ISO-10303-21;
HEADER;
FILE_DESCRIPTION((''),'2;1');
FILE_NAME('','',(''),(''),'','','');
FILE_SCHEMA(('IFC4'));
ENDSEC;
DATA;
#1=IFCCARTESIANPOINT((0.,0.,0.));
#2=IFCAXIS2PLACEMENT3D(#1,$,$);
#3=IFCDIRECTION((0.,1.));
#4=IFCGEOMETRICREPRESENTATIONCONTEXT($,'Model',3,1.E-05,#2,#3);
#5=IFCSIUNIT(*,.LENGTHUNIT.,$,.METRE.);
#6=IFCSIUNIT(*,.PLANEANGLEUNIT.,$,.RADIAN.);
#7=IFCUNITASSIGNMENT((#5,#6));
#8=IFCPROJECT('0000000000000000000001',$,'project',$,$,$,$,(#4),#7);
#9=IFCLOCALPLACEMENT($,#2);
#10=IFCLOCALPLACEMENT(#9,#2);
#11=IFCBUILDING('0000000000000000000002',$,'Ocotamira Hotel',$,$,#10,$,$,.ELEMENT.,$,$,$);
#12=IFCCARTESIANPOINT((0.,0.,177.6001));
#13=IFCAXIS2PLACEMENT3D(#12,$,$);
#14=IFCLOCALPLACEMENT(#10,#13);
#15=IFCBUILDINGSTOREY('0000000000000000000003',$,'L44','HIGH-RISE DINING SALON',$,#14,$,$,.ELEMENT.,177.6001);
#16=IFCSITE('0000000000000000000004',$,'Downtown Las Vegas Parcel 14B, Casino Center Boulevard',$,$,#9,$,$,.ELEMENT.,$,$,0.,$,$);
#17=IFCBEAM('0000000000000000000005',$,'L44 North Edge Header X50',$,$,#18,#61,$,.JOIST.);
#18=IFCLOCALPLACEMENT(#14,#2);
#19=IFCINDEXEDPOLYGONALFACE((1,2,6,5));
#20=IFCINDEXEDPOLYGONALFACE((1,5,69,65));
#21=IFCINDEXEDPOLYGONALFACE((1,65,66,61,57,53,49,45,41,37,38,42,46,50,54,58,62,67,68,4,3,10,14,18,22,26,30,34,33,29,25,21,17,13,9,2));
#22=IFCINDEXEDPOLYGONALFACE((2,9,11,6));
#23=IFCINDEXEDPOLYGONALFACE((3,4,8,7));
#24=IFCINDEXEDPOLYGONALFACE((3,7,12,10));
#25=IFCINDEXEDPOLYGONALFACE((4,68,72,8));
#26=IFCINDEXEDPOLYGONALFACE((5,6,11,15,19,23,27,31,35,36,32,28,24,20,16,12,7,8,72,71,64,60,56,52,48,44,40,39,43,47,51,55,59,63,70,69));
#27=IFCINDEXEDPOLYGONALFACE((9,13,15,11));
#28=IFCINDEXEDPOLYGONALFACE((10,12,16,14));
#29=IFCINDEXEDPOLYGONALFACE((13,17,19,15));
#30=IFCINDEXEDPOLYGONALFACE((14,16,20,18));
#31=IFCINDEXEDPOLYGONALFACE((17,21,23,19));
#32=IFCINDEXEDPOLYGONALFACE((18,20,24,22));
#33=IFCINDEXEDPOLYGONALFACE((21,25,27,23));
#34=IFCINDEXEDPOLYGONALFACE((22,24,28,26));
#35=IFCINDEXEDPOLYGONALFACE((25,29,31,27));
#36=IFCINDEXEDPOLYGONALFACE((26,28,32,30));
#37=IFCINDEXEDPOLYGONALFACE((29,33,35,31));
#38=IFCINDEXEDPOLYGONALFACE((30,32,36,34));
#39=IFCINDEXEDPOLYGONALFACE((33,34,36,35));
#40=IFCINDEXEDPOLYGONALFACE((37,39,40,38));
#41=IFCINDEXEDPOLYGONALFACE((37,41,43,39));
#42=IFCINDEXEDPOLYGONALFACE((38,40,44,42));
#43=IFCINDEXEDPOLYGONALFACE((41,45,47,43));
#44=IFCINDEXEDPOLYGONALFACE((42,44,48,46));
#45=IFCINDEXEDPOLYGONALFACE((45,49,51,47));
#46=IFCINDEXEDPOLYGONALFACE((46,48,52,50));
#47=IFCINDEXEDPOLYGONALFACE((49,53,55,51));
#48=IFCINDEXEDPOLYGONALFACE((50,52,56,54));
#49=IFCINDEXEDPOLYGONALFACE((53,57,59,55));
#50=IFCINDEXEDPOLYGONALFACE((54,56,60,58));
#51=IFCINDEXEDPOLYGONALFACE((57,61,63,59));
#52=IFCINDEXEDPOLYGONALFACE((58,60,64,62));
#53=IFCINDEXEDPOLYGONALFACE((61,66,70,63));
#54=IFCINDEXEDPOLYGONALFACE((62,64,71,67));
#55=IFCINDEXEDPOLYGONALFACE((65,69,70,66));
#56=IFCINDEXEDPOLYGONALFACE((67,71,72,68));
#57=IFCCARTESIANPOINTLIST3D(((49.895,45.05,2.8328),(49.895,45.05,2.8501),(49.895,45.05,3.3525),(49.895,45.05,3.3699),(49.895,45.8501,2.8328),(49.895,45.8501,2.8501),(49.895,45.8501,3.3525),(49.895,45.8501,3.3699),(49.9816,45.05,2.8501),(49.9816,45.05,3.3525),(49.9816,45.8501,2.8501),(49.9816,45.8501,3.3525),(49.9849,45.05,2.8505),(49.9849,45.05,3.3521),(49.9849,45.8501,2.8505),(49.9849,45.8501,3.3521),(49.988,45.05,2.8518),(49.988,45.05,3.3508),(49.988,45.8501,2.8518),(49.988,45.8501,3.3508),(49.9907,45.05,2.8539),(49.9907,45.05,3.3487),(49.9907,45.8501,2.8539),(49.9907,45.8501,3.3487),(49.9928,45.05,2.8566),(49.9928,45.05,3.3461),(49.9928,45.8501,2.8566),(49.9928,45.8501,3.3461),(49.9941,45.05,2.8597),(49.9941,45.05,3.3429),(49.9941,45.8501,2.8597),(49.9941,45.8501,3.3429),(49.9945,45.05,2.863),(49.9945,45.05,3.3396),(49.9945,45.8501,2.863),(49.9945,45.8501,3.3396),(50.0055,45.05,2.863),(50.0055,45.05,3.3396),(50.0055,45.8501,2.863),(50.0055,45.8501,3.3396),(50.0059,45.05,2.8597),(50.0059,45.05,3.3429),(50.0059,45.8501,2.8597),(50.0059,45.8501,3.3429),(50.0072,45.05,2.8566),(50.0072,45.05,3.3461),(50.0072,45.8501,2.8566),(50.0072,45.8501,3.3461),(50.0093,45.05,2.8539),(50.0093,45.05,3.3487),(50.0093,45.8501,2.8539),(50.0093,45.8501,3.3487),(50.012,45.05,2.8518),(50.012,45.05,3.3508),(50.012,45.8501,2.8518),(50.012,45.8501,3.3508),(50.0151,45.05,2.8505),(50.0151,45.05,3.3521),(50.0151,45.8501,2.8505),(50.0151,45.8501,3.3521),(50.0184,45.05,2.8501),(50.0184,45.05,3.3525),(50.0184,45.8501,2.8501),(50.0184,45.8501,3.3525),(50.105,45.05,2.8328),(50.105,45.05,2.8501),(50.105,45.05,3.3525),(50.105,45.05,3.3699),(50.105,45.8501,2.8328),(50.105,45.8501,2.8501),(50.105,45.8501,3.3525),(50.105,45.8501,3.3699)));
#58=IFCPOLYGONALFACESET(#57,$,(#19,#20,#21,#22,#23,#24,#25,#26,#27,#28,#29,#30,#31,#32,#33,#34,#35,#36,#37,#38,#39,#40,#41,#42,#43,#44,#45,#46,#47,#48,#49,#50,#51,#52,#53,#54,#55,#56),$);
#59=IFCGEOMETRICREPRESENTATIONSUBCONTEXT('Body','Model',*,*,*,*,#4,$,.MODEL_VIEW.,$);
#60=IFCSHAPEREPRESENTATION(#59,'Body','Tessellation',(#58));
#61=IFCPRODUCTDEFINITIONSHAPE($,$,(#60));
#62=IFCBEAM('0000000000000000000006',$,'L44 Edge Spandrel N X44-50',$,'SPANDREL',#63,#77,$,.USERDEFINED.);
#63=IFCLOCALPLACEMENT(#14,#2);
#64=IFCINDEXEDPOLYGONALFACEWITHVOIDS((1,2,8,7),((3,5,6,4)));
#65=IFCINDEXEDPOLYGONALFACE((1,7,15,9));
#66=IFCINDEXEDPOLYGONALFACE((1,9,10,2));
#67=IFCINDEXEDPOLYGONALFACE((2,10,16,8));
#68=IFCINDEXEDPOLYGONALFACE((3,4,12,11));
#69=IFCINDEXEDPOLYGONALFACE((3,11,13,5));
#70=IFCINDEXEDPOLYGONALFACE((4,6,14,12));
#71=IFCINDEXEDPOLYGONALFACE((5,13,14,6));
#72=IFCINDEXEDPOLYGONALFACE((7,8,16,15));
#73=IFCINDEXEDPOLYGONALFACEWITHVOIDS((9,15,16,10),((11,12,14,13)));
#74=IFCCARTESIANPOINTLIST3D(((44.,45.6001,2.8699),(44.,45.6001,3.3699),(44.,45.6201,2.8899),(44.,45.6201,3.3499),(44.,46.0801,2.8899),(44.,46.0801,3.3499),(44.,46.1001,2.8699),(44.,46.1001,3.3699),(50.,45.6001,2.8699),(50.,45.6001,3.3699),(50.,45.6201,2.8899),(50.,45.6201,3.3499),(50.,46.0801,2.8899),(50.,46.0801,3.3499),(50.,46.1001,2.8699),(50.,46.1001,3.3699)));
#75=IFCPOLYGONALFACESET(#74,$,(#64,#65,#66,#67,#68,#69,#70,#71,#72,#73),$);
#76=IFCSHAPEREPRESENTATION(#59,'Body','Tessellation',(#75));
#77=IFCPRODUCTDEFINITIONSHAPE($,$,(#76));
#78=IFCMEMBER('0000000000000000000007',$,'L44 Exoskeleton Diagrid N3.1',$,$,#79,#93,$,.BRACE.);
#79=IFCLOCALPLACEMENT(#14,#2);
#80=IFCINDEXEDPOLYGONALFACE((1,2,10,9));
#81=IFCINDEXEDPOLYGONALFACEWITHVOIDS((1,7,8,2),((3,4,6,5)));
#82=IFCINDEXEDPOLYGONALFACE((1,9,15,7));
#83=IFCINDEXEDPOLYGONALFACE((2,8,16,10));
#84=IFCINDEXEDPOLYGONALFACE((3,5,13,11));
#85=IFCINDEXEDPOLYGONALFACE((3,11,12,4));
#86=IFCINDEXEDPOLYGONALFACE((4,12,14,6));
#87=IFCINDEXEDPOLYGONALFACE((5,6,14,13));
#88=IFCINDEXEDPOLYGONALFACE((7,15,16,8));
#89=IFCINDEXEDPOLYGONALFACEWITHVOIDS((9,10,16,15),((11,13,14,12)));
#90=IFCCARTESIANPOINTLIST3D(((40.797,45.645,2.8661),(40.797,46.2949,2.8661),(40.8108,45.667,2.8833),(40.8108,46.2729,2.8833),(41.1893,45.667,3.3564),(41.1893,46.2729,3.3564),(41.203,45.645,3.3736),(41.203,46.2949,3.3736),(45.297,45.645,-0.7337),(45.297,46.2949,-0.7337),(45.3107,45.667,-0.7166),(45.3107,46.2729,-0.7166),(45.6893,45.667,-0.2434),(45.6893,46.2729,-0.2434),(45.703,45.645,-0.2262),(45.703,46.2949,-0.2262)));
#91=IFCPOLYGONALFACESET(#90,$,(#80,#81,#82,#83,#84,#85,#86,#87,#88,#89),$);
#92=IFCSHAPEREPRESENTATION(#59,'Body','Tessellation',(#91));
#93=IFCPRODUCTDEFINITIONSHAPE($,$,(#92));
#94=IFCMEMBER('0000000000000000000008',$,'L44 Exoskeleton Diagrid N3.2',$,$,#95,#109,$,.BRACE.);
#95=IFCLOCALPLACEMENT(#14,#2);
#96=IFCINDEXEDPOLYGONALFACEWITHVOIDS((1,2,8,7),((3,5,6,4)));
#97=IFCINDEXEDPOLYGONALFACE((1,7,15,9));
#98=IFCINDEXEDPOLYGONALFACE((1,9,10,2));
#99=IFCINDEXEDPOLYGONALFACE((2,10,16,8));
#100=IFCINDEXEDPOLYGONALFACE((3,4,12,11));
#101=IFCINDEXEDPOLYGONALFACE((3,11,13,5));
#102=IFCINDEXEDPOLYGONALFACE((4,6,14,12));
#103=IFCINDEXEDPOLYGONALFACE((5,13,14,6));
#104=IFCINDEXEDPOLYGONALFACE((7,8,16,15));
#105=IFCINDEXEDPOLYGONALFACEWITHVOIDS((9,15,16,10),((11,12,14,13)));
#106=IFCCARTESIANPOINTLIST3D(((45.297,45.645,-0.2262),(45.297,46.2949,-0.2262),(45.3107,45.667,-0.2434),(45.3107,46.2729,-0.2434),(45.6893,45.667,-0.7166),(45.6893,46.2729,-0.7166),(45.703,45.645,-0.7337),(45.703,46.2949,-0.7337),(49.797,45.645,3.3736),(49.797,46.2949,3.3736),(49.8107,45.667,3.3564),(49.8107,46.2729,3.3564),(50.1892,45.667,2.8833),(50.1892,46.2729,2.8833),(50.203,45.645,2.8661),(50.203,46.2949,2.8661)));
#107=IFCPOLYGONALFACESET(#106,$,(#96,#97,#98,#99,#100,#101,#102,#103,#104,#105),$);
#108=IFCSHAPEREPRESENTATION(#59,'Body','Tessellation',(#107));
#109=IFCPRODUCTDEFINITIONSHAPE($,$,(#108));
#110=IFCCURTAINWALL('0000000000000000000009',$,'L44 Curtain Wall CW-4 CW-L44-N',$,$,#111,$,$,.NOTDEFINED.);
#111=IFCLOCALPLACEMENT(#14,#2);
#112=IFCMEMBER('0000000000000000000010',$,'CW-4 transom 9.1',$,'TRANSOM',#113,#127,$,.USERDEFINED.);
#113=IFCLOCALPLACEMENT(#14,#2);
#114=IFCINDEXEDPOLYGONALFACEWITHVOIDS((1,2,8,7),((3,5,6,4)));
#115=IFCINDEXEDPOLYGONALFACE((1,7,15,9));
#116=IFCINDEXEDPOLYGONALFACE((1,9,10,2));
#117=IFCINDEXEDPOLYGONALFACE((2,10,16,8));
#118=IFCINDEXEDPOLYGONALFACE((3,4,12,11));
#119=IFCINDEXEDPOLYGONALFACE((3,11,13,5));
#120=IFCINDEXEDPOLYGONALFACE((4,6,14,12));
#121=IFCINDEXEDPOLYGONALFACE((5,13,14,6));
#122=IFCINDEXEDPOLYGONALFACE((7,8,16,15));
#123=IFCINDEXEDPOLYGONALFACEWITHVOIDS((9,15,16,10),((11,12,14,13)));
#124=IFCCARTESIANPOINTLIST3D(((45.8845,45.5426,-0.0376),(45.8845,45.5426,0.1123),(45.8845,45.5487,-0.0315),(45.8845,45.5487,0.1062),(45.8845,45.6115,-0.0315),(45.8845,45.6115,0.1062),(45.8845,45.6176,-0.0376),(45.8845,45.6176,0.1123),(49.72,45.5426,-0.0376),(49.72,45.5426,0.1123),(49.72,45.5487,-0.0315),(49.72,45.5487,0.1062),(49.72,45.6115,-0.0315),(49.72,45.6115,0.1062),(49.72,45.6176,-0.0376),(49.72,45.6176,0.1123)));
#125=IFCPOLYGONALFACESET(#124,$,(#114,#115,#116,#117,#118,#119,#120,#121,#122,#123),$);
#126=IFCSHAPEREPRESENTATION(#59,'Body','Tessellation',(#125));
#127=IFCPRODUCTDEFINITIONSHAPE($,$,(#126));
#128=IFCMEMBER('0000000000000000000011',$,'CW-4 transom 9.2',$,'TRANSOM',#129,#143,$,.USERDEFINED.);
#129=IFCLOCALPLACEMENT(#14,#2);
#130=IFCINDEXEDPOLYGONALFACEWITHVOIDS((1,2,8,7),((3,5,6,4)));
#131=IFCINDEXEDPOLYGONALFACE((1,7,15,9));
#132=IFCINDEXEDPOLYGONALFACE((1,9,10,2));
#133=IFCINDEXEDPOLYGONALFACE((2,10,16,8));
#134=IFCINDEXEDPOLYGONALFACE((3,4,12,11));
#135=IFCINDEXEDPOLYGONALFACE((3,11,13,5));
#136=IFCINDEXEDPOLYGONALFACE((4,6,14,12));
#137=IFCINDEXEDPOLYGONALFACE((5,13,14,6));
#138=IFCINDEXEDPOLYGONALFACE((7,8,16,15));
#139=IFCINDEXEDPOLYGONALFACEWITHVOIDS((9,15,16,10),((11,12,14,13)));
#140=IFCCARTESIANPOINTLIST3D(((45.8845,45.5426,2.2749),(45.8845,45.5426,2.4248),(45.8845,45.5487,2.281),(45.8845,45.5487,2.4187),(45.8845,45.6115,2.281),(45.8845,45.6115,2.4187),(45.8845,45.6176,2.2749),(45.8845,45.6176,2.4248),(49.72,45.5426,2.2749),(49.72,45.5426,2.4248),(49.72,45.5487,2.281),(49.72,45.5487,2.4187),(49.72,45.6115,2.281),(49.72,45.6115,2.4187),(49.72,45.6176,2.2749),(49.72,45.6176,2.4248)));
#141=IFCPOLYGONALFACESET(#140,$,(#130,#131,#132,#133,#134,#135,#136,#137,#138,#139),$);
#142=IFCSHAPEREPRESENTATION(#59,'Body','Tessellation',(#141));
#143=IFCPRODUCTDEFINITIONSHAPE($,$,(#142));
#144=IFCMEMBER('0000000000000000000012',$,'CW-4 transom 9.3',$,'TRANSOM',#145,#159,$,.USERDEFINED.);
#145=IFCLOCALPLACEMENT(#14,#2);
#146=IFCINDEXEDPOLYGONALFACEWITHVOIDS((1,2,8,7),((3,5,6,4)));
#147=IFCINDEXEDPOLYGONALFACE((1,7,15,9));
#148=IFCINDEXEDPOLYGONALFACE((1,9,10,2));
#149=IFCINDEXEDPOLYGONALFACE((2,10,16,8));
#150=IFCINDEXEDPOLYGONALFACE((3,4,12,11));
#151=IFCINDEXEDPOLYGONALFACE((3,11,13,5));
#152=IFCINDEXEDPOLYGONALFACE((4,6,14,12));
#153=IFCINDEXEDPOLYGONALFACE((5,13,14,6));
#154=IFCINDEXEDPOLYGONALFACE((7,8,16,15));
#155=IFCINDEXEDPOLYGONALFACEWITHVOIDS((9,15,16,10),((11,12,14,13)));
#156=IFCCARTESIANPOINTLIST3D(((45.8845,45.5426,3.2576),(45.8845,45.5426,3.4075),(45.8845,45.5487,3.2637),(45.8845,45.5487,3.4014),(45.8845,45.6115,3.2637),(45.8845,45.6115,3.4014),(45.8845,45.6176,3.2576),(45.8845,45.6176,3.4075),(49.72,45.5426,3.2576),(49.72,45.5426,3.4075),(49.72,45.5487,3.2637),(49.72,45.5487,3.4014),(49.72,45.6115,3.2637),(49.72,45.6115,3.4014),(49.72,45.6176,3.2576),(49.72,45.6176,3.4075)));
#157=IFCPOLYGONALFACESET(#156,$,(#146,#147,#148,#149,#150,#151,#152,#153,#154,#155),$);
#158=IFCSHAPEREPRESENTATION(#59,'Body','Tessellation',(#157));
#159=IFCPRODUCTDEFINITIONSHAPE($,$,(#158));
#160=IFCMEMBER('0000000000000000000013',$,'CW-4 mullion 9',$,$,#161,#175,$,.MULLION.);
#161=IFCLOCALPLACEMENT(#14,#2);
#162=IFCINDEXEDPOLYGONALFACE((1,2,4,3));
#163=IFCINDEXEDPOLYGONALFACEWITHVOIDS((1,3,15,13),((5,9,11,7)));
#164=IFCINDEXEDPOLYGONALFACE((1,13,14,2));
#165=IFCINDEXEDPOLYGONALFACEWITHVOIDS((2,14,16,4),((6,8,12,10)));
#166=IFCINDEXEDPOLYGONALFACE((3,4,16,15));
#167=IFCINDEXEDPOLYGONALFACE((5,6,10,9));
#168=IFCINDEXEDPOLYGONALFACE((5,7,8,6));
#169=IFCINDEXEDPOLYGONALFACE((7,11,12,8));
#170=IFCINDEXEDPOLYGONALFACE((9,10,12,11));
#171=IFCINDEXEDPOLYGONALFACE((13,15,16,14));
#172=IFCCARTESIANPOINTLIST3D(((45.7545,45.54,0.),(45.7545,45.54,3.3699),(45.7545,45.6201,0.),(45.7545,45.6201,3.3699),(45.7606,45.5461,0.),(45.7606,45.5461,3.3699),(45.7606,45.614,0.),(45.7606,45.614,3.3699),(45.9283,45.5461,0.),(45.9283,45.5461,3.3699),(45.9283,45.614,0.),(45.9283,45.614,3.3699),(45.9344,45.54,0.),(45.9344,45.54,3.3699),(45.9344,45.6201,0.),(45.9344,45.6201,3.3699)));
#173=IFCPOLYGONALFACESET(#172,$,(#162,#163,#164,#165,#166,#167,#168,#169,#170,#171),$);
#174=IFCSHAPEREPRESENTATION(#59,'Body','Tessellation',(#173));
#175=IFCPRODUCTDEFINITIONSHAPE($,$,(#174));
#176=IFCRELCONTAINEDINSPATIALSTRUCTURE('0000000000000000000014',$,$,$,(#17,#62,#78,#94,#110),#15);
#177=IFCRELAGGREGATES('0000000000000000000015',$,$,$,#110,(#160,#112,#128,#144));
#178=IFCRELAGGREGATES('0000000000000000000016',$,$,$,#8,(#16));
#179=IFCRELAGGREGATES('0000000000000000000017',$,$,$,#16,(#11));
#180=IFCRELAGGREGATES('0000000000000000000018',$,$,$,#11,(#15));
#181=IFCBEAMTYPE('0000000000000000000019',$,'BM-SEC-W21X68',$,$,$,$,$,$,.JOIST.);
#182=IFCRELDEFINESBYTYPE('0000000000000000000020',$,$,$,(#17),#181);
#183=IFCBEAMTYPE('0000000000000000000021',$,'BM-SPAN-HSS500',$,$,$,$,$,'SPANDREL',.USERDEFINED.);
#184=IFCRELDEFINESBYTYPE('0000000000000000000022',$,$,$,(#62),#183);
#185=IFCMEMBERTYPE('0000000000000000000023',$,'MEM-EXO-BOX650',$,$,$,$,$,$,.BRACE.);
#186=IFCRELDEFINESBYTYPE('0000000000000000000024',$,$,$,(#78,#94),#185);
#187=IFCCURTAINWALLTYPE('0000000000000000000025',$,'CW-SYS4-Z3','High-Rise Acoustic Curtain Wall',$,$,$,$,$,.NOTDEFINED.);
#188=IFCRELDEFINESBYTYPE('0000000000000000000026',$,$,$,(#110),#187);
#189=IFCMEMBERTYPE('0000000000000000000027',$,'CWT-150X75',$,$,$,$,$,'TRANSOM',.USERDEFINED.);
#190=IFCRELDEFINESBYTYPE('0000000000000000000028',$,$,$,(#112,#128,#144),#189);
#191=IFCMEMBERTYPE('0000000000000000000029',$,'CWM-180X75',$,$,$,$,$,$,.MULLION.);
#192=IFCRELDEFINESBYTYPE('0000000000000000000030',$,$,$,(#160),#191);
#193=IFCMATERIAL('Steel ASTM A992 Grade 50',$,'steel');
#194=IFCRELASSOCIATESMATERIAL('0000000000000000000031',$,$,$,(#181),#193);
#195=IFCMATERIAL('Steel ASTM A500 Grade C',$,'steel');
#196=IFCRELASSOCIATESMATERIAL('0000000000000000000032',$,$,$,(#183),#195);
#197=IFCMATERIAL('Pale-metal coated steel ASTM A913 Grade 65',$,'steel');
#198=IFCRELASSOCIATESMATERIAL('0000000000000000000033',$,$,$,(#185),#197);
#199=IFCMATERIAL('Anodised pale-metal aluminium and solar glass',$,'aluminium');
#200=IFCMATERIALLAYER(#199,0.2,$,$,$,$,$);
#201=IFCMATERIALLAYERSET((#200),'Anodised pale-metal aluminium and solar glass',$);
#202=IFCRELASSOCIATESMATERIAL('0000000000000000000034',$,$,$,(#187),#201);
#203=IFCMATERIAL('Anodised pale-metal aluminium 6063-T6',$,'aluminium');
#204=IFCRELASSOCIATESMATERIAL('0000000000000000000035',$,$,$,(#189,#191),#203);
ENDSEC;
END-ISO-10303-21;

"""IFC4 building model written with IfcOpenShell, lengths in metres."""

from ifc_helpers import new_model, si_unit, direction, frame, origin, origin_2d, place, context, subcontext, project, spatial, hollow_rectangle, i_section, extrude, source, transform, mapped, material, layer, layer_set, material_profile, profile_set, type_object, element, aggregate, save


model = new_model("IFC4")

# Units and contexts
model_context = context("Model", 3, precision=1e-05, world=origin(), true_north=direction((0.0, 1.0)))
body_context = subcontext(model_context, "Body", "Model", "MODEL_VIEW")
ifc_project = project(units=[si_unit("LENGTHUNIT", "METRE"), si_unit("PLANEANGLEUNIT", "RADIAN")], contexts=[model_context])

# Site, building, storey
site_placement = place(None, origin())
site = spatial("IfcSite", under=ifc_project, at=site_placement, Name="Downtown Las Vegas Parcel 14B, Casino Center Boulevard", CompositionType="ELEMENT", RefElevation=0.0)
building_placement = place(site_placement, origin())
building = spatial("IfcBuilding", under=site, at=building_placement, Name="Ocotamira Hotel", CompositionType="ELEMENT")
storey_placement = place(building_placement, frame((0.0, 0.0, 177.6001)))
storey = spatial("IfcBuildingStorey", under=building, at=storey_placement, Name="L44", Description="HIGH-RISE DINING SALON", CompositionType="ELEMENT", Elevation=177.6001)

# Beams
ifc_material_1 = material(Name="Steel ASTM A992 Grade 50", Category="steel")
ifc_material_profile_1 = material_profile(ifc_material_1, i_section(OverallWidth=0.21, OverallDepth=0.5371, WebThickness=0.011, FlangeThickness=0.0173, FilletRadius=0.0129, at=origin_2d()), Name="W21X68")
ifc_profile_set_1 = profile_set([ifc_material_profile_1], Name="Steel ASTM A992 Grade 50")
beam_type_1 = type_object("IfcBeamType", Name="BM-SEC-W21X68", PredefinedType="JOIST", material=ifc_profile_set_1)
shared_shape_1 = source(origin(), body_context, "Body", "SweptSolid", [
    extrude(i_section(OverallWidth=0.21, OverallDepth=0.5371, WebThickness=0.011, FlangeThickness=0.0173, FilletRadius=0.0129, at=origin_2d()), origin(), (0.0, 0.0, 1.0), 0.8),
])
for number, where, z_axis, x_axis, name in (
    (1, (50.0, 45.05, 3.1013), (0.0, 1.0, 0.0), (-1.0, 0.0, 0.0), "L44 North Edge Header X50"),
):
    element("IfcBeam", number, at=place(storey_placement, frame(where, z_axis=z_axis, x_axis=x_axis)), inside=storey, type_object=beam_type_1, Name=name, PredefinedType="JOIST", context=body_context, shape_type="MappedRepresentation", body=[
        mapped(shared_shape_1, transform((0.0, 0.0, 0.0), scale=1.0)),
    ])
ifc_material_2 = material(Name="Steel ASTM A500 Grade C", Category="steel")
ifc_material_profile_2 = material_profile(ifc_material_2, hollow_rectangle(XDim=0.5, YDim=0.5, WallThickness=0.02, at=origin_2d()), Name="HSS500X500X20")
ifc_profile_set_2 = profile_set([ifc_material_profile_2], Name="Steel ASTM A500 Grade C")
beam_type_2 = type_object("IfcBeamType", Name="BM-SPAN-HSS500", ElementType="SPANDREL", PredefinedType="USERDEFINED", material=ifc_profile_set_2)
shared_shape_2 = source(origin(), body_context, "Body", "SweptSolid", [
    extrude(hollow_rectangle(XDim=0.5, YDim=0.5, WallThickness=0.02, at=origin_2d()), origin(), (0.0, 0.0, 1.0), 6.0),
])
beam_1_placement = place(storey_placement, frame((44.0, 45.8501, 3.1199), z_axis=(1.0, 0.0, 0.0), x_axis=(0.0, 1.0, 0.0)))
element("IfcBeam", 2, at=beam_1_placement, inside=storey, type_object=beam_type_2, Name="L44 Edge Spandrel N X44-50", ObjectType="SPANDREL", PredefinedType="USERDEFINED", context=body_context, shape_type="MappedRepresentation", body=[
    mapped(shared_shape_2, transform((0.0, 0.0, 0.0), scale=1.0)),
])

# Members
ifc_material_3 = material(Name="Pale-metal coated steel ASTM A913 Grade 65", Category="steel")
ifc_material_profile_3 = material_profile(ifc_material_3, hollow_rectangle(XDim=0.6499, YDim=0.6499, WallThickness=0.022, at=origin_2d()), Name="BOX650X650X22")
ifc_profile_set_3 = profile_set([ifc_material_profile_3], Name="Pale-metal coated steel ASTM A913 Grade 65")
member_type_1 = type_object("IfcMemberType", Name="MEM-EXO-BOX650", PredefinedType="BRACE", material=ifc_profile_set_3)
shared_shape_3 = source(origin(), body_context, "Body", "SweptSolid", [
    extrude(hollow_rectangle(XDim=0.6499, YDim=0.6499, WallThickness=0.022, at=origin_2d()), origin(), (0.0, 0.0, 1.0), 5.7627),
])
for number, where, z_axis, x_axis, name in (
    (3, (45.5, 45.97, -0.48), (-0.780881, 0.0, 0.62468), (0.0, -1.0, 0.0), "L44 Exoskeleton Diagrid N3.1"),
    (4, (45.5, 45.97, -0.48), (0.780881, 0.0, 0.62468), (0.0, 1.0, 0.0), "L44 Exoskeleton Diagrid N3.2"),
):
    element("IfcMember", number, at=place(storey_placement, frame(where, z_axis=z_axis, x_axis=x_axis)), inside=storey, type_object=member_type_1, Name=name, PredefinedType="BRACE", context=body_context, shape_type="MappedRepresentation", body=[
        mapped(shared_shape_3, transform((0.0, 0.0, 0.0), scale=1.0)),
    ])

# Curtain wall, members
ifc_material_4 = material(Name="Anodised pale-metal aluminium and solar glass", Category="aluminium")
ifc_layer_1 = layer(ifc_material_4, 0.2)
ifc_layer_set_1 = layer_set([ifc_layer_1], Name="Anodised pale-metal aluminium and solar glass")
curtain_wall_type = type_object("IfcCurtainWallType", Name="CW-SYS4-Z3", Description="High-Rise Acoustic Curtain Wall", PredefinedType="NOTDEFINED", material=ifc_layer_set_1)
curtain_wall_1_placement = place(storey_placement, origin())
curtain_wall_1 = element("IfcCurtainWall", 5, at=curtain_wall_1_placement, inside=storey, type_object=curtain_wall_type, Name="L44 Curtain Wall CW-4 CW-L44-N", PredefinedType="NOTDEFINED")
ifc_material_5 = material(Name="Anodised pale-metal aluminium 6063-T6", Category="aluminium")
ifc_material_profile_4 = material_profile(ifc_material_5, hollow_rectangle(XDim=0.075, YDim=0.1499, WallThickness=0.0061, at=origin_2d()), Name="HSS150X75X6")
ifc_profile_set_4 = profile_set([ifc_material_profile_4], Name="Anodised pale-metal aluminium 6063-T6")
member_type_2 = type_object("IfcMemberType", Name="CWT-150X75", ElementType="TRANSOM", PredefinedType="USERDEFINED", material=ifc_profile_set_4)
shared_shape_4 = source(origin(), body_context, "Body", "SweptSolid", [
    extrude(hollow_rectangle(XDim=0.075, YDim=0.1499, WallThickness=0.0061, at=origin_2d()), origin(), (0.0, 0.0, 1.0), 3.8354),
])
member_1_placement = place(storey_placement, frame((45.8845, 45.5801, 0.0374), z_axis=(1.0, 0.0, 0.0), x_axis=(0.0, 1.0, 0.0)))
member_1 = element("IfcMember", 6, at=member_1_placement, type_object=member_type_2, Name="CW-4 transom 9.1", ObjectType="TRANSOM", PredefinedType="USERDEFINED", context=body_context, shape_type="MappedRepresentation", body=[
    mapped(shared_shape_4, transform((0.0, 0.0, 0.0), scale=1.0)),
])
member_2_placement = place(storey_placement, frame((45.8845, 45.5801, 2.3499), z_axis=(1.0, 0.0, 0.0), x_axis=(0.0, 1.0, 0.0)))
member_2 = element("IfcMember", 7, at=member_2_placement, type_object=member_type_2, Name="CW-4 transom 9.2", ObjectType="TRANSOM", PredefinedType="USERDEFINED", context=body_context, shape_type="MappedRepresentation", body=[
    mapped(shared_shape_4, transform((0.0, 0.0, 0.0), scale=1.0)),
])
member_3_placement = place(storey_placement, frame((45.8845, 45.5801, 3.3325), z_axis=(1.0, 0.0, 0.0), x_axis=(0.0, 1.0, 0.0)))
member_3 = element("IfcMember", 8, at=member_3_placement, type_object=member_type_2, Name="CW-4 transom 9.3", ObjectType="TRANSOM", PredefinedType="USERDEFINED", context=body_context, shape_type="MappedRepresentation", body=[
    mapped(shared_shape_4, transform((0.0, 0.0, 0.0), scale=1.0)),
])
ifc_material_profile_5 = material_profile(ifc_material_5, hollow_rectangle(XDim=0.0801, YDim=0.1799, WallThickness=0.0061, at=origin_2d()), Name="HSS180X80X6")
ifc_profile_set_5 = profile_set([ifc_material_profile_5], Name="Anodised pale-metal aluminium 6063-T6")
member_type_3 = type_object("IfcMemberType", Name="CWM-180X75", PredefinedType="MULLION", material=ifc_profile_set_5)
shared_shape_5 = source(origin(), body_context, "Body", "SweptSolid", [
    extrude(hollow_rectangle(XDim=0.0801, YDim=0.1799, WallThickness=0.0061, at=origin_2d()), origin(), (0.0, 0.0, 1.0), 3.3699),
])
member_4_placement = place(storey_placement, frame((45.8445, 45.5801, 0.0), z_axis=(0.0, 0.0, 1.0), x_axis=(0.0, 1.0, 0.0)))
member_4 = element("IfcMember", 9, at=member_4_placement, type_object=member_type_3, Name="CW-4 mullion 9", PredefinedType="MULLION", context=body_context, shape_type="MappedRepresentation", body=[
    mapped(shared_shape_5, transform((0.0, 0.0, 0.0), scale=1.0)),
])

aggregate(curtain_wall_1, [member_4, member_1, member_2, member_3])

save(model, "model.ifc")
